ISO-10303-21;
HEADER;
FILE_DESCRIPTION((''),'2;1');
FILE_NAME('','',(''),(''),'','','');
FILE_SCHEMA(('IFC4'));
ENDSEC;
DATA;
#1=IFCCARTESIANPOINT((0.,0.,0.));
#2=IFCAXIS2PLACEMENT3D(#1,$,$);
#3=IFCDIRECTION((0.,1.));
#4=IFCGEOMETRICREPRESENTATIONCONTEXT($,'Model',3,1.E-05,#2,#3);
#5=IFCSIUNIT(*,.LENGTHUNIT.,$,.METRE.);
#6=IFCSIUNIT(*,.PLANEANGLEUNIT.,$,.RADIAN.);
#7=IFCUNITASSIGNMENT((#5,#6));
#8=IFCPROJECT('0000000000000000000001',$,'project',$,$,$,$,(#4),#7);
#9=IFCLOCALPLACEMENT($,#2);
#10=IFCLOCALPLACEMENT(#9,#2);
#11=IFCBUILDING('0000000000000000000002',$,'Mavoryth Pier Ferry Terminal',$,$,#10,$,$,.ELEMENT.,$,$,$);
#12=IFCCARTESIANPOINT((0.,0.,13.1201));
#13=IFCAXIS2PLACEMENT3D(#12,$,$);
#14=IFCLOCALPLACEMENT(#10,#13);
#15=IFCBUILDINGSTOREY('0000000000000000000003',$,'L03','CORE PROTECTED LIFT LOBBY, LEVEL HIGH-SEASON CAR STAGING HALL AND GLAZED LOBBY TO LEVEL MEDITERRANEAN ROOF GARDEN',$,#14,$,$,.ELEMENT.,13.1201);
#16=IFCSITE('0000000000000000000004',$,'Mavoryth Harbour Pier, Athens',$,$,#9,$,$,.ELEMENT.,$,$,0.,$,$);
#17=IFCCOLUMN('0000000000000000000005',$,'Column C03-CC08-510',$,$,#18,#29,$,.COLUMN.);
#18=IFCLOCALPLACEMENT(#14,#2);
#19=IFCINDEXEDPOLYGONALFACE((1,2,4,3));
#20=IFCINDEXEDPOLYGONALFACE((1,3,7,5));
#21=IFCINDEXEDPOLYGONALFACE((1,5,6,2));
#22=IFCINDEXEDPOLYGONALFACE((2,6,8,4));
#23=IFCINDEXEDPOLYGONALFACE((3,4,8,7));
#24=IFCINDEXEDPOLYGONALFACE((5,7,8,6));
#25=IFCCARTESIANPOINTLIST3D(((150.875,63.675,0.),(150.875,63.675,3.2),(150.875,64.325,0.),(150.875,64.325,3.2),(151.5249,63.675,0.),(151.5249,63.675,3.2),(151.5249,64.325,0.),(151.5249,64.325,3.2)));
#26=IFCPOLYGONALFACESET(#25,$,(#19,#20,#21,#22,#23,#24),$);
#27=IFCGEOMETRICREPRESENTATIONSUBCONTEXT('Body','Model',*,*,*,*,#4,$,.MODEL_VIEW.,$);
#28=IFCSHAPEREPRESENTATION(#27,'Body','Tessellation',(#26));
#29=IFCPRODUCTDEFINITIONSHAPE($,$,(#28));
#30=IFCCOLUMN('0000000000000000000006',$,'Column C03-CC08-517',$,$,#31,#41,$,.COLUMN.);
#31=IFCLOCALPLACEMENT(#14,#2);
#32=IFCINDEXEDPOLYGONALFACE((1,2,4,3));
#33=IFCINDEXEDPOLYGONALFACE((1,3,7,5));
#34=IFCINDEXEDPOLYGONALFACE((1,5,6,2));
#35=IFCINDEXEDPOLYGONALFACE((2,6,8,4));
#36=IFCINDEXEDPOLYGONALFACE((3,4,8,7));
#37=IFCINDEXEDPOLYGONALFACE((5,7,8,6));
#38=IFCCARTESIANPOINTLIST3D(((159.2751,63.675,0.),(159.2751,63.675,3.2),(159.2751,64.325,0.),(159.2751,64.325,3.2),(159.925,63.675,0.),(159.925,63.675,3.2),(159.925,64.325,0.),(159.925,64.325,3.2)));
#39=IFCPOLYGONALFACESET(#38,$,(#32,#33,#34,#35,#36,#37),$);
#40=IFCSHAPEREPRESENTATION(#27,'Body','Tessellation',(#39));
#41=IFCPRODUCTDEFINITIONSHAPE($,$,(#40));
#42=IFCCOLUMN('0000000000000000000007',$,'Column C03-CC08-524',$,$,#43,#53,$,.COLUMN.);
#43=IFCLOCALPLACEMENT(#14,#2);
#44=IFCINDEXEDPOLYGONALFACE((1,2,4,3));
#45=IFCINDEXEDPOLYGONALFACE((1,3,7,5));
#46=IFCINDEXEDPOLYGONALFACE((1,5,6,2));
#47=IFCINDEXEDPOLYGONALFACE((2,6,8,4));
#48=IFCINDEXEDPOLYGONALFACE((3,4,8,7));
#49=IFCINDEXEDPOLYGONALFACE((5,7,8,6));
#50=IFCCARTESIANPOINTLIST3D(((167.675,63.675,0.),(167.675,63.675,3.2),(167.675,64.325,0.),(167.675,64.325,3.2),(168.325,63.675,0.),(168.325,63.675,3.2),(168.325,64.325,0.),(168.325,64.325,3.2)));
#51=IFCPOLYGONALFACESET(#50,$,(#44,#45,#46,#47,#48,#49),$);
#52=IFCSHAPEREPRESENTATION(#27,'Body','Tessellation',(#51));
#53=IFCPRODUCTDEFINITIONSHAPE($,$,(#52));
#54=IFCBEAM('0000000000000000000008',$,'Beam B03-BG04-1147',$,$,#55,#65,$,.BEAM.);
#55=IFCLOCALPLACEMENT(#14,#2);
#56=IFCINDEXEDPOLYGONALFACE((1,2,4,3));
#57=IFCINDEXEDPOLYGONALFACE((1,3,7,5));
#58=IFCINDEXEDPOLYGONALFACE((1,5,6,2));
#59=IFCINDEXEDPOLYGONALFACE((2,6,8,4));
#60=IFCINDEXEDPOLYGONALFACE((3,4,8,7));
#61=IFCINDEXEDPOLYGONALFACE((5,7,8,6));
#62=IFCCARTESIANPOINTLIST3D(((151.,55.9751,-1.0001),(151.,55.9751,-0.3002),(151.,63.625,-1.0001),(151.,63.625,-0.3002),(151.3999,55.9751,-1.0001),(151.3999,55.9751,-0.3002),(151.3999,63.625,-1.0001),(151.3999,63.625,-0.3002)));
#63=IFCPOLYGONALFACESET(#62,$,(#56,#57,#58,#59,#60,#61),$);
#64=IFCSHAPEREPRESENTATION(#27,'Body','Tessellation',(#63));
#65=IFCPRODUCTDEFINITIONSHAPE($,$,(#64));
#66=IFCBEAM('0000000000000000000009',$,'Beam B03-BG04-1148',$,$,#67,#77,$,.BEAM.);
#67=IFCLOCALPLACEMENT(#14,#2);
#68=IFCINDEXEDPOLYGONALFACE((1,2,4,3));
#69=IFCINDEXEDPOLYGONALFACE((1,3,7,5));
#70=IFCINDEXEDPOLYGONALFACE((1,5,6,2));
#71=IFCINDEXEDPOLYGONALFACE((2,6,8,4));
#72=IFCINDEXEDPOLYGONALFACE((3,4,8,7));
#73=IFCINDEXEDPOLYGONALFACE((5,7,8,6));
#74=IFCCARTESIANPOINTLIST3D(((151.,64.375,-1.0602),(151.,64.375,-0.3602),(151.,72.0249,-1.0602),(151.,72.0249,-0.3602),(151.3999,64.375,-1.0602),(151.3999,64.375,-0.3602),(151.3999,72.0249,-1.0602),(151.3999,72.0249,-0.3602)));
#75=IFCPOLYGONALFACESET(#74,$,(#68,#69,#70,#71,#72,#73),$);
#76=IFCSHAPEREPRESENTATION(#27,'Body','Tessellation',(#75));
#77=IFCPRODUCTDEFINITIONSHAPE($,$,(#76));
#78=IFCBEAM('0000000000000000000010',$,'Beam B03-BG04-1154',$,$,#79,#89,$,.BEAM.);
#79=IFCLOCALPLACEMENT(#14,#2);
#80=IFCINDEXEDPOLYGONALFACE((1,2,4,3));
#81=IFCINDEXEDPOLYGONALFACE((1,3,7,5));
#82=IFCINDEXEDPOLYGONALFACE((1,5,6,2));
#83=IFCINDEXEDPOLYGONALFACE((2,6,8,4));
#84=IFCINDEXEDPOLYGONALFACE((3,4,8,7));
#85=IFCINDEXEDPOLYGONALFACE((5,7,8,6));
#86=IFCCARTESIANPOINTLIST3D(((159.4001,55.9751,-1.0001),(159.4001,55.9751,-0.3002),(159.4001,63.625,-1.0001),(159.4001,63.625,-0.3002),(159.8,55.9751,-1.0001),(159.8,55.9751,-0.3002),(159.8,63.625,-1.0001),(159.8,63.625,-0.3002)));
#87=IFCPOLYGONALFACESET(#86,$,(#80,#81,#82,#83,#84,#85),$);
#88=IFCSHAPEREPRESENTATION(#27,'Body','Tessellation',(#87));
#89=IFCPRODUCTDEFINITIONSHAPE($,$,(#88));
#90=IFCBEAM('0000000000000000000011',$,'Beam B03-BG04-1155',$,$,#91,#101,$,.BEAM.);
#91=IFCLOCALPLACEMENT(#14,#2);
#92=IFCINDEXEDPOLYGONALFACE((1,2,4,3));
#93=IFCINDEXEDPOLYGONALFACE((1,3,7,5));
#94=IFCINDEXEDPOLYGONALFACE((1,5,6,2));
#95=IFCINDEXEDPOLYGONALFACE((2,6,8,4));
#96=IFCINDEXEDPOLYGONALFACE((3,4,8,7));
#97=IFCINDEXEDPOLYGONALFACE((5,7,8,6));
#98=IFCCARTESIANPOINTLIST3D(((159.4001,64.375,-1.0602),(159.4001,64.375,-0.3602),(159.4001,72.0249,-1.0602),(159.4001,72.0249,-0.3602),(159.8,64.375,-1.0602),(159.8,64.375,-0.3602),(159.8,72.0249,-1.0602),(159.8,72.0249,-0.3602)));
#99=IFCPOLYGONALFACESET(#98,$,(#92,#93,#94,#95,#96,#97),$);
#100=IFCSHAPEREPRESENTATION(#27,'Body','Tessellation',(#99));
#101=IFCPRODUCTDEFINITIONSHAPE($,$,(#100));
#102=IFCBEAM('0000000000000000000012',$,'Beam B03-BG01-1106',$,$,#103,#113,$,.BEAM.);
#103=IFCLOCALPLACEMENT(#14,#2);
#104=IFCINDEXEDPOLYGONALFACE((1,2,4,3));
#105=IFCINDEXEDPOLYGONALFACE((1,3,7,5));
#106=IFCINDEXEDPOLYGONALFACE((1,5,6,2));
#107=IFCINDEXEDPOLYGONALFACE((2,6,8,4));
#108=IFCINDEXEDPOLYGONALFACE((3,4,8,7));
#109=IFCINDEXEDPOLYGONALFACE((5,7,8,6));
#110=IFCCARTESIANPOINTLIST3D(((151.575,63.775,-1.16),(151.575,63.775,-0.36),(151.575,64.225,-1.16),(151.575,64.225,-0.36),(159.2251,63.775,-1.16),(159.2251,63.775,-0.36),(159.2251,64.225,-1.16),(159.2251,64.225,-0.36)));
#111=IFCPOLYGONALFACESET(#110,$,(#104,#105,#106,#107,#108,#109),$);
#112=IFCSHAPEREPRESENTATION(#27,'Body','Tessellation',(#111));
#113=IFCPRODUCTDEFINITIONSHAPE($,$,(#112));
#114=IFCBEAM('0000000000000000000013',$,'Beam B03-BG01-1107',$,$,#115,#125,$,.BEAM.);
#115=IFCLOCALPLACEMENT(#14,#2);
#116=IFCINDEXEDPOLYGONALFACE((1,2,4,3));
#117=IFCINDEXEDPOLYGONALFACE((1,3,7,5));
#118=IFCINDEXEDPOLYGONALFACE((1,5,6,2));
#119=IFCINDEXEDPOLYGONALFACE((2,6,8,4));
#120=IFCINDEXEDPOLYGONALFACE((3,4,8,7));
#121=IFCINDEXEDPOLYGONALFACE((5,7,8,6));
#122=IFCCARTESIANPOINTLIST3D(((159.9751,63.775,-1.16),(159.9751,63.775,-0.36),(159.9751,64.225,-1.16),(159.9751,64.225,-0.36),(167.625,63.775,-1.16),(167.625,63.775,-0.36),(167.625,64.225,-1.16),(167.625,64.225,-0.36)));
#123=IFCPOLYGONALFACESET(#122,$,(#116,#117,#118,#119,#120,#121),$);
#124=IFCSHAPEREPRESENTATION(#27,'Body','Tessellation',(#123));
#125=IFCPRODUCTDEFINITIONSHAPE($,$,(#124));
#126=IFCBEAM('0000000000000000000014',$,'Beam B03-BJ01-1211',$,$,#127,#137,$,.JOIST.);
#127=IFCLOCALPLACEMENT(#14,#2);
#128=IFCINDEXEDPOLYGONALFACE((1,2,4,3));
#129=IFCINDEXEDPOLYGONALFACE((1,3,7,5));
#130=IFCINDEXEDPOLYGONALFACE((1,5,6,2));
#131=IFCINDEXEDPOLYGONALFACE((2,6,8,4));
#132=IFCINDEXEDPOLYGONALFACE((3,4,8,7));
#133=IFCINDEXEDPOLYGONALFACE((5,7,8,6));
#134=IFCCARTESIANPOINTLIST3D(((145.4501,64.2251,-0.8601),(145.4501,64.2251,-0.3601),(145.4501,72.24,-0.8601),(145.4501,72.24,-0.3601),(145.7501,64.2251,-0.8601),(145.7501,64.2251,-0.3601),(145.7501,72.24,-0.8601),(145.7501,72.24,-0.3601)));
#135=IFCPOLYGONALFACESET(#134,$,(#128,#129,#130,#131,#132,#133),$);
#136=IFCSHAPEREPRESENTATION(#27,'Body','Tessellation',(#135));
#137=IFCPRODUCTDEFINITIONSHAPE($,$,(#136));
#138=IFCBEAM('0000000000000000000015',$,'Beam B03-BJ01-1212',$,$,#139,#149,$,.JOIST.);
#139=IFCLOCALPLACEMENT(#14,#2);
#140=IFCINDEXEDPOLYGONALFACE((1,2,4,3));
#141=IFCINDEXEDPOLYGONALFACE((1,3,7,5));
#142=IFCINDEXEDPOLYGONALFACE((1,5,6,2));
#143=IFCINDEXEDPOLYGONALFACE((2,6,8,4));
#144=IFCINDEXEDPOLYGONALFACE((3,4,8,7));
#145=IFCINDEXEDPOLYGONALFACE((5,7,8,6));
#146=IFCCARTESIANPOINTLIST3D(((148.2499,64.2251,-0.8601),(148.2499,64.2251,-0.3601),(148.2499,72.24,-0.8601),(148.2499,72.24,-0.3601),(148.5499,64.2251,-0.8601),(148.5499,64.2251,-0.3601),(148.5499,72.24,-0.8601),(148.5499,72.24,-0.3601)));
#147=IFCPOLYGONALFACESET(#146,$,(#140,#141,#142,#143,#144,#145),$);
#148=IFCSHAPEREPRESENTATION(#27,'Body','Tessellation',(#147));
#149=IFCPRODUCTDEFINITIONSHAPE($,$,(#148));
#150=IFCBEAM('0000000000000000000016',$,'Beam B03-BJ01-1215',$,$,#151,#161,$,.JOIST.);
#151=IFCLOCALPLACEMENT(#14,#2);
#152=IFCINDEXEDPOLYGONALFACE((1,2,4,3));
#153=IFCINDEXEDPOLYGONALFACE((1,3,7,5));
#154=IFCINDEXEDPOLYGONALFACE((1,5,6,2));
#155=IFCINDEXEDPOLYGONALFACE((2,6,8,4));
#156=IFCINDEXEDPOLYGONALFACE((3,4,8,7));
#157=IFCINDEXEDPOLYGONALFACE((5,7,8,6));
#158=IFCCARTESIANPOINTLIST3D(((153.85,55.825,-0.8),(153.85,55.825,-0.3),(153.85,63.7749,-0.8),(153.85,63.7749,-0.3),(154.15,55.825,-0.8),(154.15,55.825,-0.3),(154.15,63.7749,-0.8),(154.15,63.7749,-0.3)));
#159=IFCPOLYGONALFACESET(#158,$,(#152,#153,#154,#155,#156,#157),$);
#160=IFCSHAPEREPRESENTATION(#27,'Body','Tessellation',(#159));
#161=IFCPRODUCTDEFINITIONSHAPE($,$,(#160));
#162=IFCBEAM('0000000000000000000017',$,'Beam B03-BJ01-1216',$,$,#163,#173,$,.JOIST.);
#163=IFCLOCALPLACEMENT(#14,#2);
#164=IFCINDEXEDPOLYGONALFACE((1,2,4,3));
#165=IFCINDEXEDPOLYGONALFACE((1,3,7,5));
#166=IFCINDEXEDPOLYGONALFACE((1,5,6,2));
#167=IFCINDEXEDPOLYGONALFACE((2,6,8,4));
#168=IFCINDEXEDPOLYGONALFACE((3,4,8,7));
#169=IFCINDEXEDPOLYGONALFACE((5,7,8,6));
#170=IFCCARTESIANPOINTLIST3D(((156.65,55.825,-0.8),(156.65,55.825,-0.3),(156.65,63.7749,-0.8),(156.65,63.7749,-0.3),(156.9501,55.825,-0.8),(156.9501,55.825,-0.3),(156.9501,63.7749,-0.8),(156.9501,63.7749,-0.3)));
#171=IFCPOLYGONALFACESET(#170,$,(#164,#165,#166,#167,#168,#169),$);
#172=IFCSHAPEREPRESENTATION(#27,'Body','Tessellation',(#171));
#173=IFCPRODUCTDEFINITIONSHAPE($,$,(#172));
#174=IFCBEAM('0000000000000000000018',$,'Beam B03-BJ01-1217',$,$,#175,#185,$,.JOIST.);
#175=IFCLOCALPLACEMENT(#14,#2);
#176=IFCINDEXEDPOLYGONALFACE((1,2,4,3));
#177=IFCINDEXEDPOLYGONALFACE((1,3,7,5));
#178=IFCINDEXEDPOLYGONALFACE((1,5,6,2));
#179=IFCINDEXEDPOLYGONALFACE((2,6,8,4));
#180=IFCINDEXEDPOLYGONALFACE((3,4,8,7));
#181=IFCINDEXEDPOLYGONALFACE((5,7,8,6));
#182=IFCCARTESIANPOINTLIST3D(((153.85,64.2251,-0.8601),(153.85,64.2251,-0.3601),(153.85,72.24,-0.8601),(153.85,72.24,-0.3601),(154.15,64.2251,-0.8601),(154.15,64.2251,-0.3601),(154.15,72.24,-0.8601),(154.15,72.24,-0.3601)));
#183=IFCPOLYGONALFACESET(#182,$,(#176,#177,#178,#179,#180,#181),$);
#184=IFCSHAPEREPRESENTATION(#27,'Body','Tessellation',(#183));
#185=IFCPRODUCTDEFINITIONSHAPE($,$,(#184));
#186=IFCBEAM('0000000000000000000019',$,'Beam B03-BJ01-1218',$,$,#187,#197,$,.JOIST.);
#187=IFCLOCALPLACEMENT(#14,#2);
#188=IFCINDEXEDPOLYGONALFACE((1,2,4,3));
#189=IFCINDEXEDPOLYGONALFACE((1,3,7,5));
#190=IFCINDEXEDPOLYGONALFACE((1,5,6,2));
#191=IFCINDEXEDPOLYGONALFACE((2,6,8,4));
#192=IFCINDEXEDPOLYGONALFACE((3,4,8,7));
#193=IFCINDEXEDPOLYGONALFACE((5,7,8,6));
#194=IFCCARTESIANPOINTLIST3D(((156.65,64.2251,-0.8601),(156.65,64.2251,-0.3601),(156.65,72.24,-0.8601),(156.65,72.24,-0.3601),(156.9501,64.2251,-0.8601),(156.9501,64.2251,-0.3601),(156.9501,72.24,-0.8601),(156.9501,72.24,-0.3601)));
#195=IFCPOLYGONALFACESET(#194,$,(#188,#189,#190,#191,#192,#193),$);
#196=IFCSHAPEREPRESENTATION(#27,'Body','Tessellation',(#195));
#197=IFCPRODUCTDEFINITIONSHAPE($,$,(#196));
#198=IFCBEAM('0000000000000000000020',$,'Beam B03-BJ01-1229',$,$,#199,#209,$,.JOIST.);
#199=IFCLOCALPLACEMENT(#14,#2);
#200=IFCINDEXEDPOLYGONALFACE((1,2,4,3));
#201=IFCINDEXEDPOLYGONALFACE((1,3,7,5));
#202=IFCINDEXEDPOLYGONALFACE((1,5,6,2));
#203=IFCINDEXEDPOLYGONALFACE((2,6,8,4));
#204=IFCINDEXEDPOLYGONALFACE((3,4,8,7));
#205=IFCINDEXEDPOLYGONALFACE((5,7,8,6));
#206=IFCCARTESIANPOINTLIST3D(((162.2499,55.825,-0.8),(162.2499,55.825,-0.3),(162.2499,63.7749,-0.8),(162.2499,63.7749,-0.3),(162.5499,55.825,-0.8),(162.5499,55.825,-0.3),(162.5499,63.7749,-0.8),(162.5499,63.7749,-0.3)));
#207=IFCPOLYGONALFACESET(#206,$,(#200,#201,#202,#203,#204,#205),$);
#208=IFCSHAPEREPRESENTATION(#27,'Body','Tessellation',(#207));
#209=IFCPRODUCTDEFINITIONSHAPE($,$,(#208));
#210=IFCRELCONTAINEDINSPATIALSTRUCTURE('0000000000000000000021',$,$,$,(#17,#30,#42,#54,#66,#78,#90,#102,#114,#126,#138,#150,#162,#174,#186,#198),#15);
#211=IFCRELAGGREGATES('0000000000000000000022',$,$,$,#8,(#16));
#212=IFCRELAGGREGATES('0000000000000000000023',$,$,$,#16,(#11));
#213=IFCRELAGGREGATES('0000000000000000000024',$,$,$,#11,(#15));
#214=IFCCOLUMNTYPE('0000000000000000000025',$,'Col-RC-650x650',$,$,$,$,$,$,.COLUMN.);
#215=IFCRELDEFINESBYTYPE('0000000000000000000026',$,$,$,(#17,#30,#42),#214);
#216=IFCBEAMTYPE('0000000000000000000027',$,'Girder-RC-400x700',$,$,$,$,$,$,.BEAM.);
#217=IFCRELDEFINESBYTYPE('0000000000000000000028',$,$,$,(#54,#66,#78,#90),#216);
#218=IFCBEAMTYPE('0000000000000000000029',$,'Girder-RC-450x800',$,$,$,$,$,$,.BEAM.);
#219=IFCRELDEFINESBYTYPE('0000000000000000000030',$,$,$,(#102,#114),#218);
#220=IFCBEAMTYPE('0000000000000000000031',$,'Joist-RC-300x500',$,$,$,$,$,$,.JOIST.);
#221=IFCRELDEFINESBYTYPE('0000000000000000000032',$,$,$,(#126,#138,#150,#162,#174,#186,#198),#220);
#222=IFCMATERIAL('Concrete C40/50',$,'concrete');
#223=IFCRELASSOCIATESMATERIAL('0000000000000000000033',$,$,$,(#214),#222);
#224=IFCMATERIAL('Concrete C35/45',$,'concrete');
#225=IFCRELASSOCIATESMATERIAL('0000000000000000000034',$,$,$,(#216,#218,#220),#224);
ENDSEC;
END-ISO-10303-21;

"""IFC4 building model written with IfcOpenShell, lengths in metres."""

from ifc_helpers import new_model, si_unit, direction, frame, origin, origin_2d, place, context, subcontext, project, spatial, rectangle, extrude, material, material_profile, profile_set, type_object, element, save


model = new_model("IFC4")

# Units and contexts
model_context = context("Model", 3, precision=1e-05, world=origin(), true_north=direction((0.0, 1.0)))
body_context = subcontext(model_context, "Body", "Model", "MODEL_VIEW")
ifc_project = project(units=[si_unit("LENGTHUNIT", "METRE"), si_unit("PLANEANGLEUNIT", "RADIAN")], contexts=[model_context])

# Site, building, storey
site_placement = place(None, origin())
site = spatial("IfcSite", under=ifc_project, at=site_placement, Name="Mavoryth Harbour Pier, Athens", CompositionType="ELEMENT", RefElevation=0.0)
building_placement = place(site_placement, origin())
building = spatial("IfcBuilding", under=site, at=building_placement, Name="Mavoryth Pier Ferry Terminal", CompositionType="ELEMENT")
storey_placement = place(building_placement, frame((0.0, 0.0, 13.1201)))
storey = spatial("IfcBuildingStorey", under=building, at=storey_placement, Name="L03", Description="CORE PROTECTED LIFT LOBBY, LEVEL HIGH-SEASON CAR STAGING HALL AND GLAZED LOBBY TO LEVEL MEDITERRANEAN ROOF GARDEN", CompositionType="ELEMENT", Elevation=13.1201)

# Columns
ifc_material_1 = material(Name="Concrete C40/50", Category="concrete")
ifc_material_profile_1 = material_profile(ifc_material_1, rectangle(XDim=0.6499, YDim=0.6499, at=origin_2d()), Name="RC 650x650", Category="concrete")
ifc_profile_set_1 = profile_set([ifc_material_profile_1], Name="Concrete C40/50 - RC 650x650")
column_type = type_object("IfcColumnType", Name="Col-RC-650x650", PredefinedType="COLUMN", material=ifc_profile_set_1)
for number, where, z_axis, x_axis, name in (
    (1, (151.2, 64.0, 0.0), (0.0, 0.0, 1.0), (1.0, 0.0, 0.0), "Column C03-CC08-510"),
    (2, (159.6001, 64.0, 0.0), (0.0, 0.0, 1.0), (1.0, 0.0, 0.0), "Column C03-CC08-517"),
    (3, (168.0, 64.0, 0.0), (0.0, 0.0, 1.0), (1.0, 0.0, 0.0), "Column C03-CC08-524"),
):
    element("IfcColumn", number, at=place(storey_placement, frame(where, z_axis=z_axis, x_axis=x_axis)), inside=storey, type_object=column_type, Name=name, PredefinedType="COLUMN", context=body_context, shape_type="SweptSolid", body=[
        extrude(rectangle(XDim=0.6499, YDim=0.6499, at=origin_2d()), origin(), (0.0, 0.0, 1.0), 3.2),
    ])

# Beams
ifc_material_2 = material(Name="Concrete C35/45", Category="concrete")
ifc_material_profile_2 = material_profile(ifc_material_2, rectangle(XDim=0.3999, YDim=0.7, at=origin_2d()), Name="RC 400x700", Category="concrete")
ifc_profile_set_2 = profile_set([ifc_material_profile_2], Name="Concrete C35/45 - RC 400x700")
beam_type_1 = type_object("IfcBeamType", Name="Girder-RC-400x700", PredefinedType="BEAM", material=ifc_profile_set_2)
for number, where, z_axis, x_axis, name in (
    (4, (151.2, 55.9751, -0.6501), (0.0, 1.0, 0.0), (-1.0, 0.0, 0.0), "Beam B03-BG04-1147"),
    (5, (151.2, 64.375, -0.7102), (0.0, 1.0, 0.0), (-1.0, 0.0, 0.0), "Beam B03-BG04-1148"),
    (6, (159.6001, 55.9751, -0.6501), (0.0, 1.0, 0.0), (-1.0, 0.0, 0.0), "Beam B03-BG04-1154"),
    (7, (159.6001, 64.375, -0.7102), (0.0, 1.0, 0.0), (-1.0, 0.0, 0.0), "Beam B03-BG04-1155"),
):
    element("IfcBeam", number, at=place(storey_placement, frame(where, z_axis=z_axis, x_axis=x_axis)), inside=storey, type_object=beam_type_1, Name=name, PredefinedType="BEAM", context=body_context, shape_type="SweptSolid", body=[
        extrude(rectangle(XDim=0.3999, YDim=0.7, at=origin_2d()), origin(), (0.0, 0.0, 1.0), 7.6499),
    ])
ifc_material_profile_3 = material_profile(ifc_material_2, rectangle(XDim=0.45, YDim=0.8, at=origin_2d()), Name="RC 450x800", Category="concrete")
ifc_profile_set_3 = profile_set([ifc_material_profile_3], Name="Concrete C35/45 - RC 450x800")
beam_type_2 = type_object("IfcBeamType", Name="Girder-RC-450x800", PredefinedType="BEAM", material=ifc_profile_set_3)
beam_1_placement = place(storey_placement, frame((151.575, 64.0, -0.76), z_axis=(1.0, 0.0, 0.0), x_axis=(0.0, 1.0, 0.0)))
element("IfcBeam", 8, at=beam_1_placement, inside=storey, type_object=beam_type_2, Name="Beam B03-BG01-1106", PredefinedType="BEAM", context=body_context, shape_type="SweptSolid", body=[
    extrude(rectangle(XDim=0.45, YDim=0.8, at=origin_2d()), origin(), (0.0, 0.0, 1.0), 7.6501),
])
beam_2_placement = place(storey_placement, frame((159.9751, 64.0, -0.76), z_axis=(1.0, 0.0, 0.0), x_axis=(0.0, 1.0, 0.0)))
element("IfcBeam", 9, at=beam_2_placement, inside=storey, type_object=beam_type_2, Name="Beam B03-BG01-1107", PredefinedType="BEAM", context=body_context, shape_type="SweptSolid", body=[
    extrude(rectangle(XDim=0.45, YDim=0.8, at=origin_2d()), origin(), (0.0, 0.0, 1.0), 7.6499),
])
ifc_material_profile_4 = material_profile(ifc_material_2, rectangle(XDim=0.3, YDim=0.5, at=origin_2d()), Name="RC 300x500", Category="concrete")
ifc_profile_set_4 = profile_set([ifc_material_profile_4], Name="Concrete C35/45 - RC 300x500")
beam_type_3 = type_object("IfcBeamType", Name="Joist-RC-300x500", PredefinedType="JOIST", material=ifc_profile_set_4)
for number, where, z_axis, x_axis, name in (
    (10, (145.6001, 64.2251, -0.6101), (0.0, 1.0, 0.0), (-1.0, 0.0, 0.0), "Beam B03-BJ01-1211"),
    (11, (148.3999, 64.2251, -0.6101), (0.0, 1.0, 0.0), (-1.0, 0.0, 0.0), "Beam B03-BJ01-1212"),
):
    element("IfcBeam", number, at=place(storey_placement, frame(where, z_axis=z_axis, x_axis=x_axis)), inside=storey, type_object=beam_type_3, Name=name, PredefinedType="JOIST", context=body_context, shape_type="SweptSolid", body=[
        extrude(rectangle(XDim=0.3, YDim=0.5, at=origin_2d()), origin(), (0.0, 0.0, 1.0), 8.0149),
    ])
for number, where, z_axis, x_axis, name in (
    (12, (154.0, 55.825, -0.55), (0.0, 1.0, 0.0), (-1.0, 0.0, 0.0), "Beam B03-BJ01-1215"),
    (13, (156.8, 55.825, -0.55), (0.0, 1.0, 0.0), (-1.0, 0.0, 0.0), "Beam B03-BJ01-1216"),
):
    element("IfcBeam", number, at=place(storey_placement, frame(where, z_axis=z_axis, x_axis=x_axis)), inside=storey, type_object=beam_type_3, Name=name, PredefinedType="JOIST", context=body_context, shape_type="SweptSolid", body=[
        extrude(rectangle(XDim=0.3, YDim=0.5, at=origin_2d()), origin(), (0.0, 0.0, 1.0), 7.95),
    ])
for number, where, z_axis, x_axis, name in (
    (14, (154.0, 64.2251, -0.6101), (0.0, 1.0, 0.0), (-1.0, 0.0, 0.0), "Beam B03-BJ01-1217"),
    (15, (156.8, 64.2251, -0.6101), (0.0, 1.0, 0.0), (-1.0, 0.0, 0.0), "Beam B03-BJ01-1218"),
):
    element("IfcBeam", number, at=place(storey_placement, frame(where, z_axis=z_axis, x_axis=x_axis)), inside=storey, type_object=beam_type_3, Name=name, PredefinedType="JOIST", context=body_context, shape_type="SweptSolid", body=[
        extrude(rectangle(XDim=0.3, YDim=0.5, at=origin_2d()), origin(), (0.0, 0.0, 1.0), 8.0149),
    ])
for number, where, z_axis, x_axis, name in (
    (16, (162.3999, 55.825, -0.55), (0.0, 1.0, 0.0), (-1.0, 0.0, 0.0), "Beam B03-BJ01-1229"),
):
    element("IfcBeam", number, at=place(storey_placement, frame(where, z_axis=z_axis, x_axis=x_axis)), inside=storey, type_object=beam_type_3, Name=name, PredefinedType="JOIST", context=body_context, shape_type="SweptSolid", body=[
        extrude(rectangle(XDim=0.3, YDim=0.5, at=origin_2d()), origin(), (0.0, 0.0, 1.0), 7.95),
    ])

save(model, "model.ifc")
